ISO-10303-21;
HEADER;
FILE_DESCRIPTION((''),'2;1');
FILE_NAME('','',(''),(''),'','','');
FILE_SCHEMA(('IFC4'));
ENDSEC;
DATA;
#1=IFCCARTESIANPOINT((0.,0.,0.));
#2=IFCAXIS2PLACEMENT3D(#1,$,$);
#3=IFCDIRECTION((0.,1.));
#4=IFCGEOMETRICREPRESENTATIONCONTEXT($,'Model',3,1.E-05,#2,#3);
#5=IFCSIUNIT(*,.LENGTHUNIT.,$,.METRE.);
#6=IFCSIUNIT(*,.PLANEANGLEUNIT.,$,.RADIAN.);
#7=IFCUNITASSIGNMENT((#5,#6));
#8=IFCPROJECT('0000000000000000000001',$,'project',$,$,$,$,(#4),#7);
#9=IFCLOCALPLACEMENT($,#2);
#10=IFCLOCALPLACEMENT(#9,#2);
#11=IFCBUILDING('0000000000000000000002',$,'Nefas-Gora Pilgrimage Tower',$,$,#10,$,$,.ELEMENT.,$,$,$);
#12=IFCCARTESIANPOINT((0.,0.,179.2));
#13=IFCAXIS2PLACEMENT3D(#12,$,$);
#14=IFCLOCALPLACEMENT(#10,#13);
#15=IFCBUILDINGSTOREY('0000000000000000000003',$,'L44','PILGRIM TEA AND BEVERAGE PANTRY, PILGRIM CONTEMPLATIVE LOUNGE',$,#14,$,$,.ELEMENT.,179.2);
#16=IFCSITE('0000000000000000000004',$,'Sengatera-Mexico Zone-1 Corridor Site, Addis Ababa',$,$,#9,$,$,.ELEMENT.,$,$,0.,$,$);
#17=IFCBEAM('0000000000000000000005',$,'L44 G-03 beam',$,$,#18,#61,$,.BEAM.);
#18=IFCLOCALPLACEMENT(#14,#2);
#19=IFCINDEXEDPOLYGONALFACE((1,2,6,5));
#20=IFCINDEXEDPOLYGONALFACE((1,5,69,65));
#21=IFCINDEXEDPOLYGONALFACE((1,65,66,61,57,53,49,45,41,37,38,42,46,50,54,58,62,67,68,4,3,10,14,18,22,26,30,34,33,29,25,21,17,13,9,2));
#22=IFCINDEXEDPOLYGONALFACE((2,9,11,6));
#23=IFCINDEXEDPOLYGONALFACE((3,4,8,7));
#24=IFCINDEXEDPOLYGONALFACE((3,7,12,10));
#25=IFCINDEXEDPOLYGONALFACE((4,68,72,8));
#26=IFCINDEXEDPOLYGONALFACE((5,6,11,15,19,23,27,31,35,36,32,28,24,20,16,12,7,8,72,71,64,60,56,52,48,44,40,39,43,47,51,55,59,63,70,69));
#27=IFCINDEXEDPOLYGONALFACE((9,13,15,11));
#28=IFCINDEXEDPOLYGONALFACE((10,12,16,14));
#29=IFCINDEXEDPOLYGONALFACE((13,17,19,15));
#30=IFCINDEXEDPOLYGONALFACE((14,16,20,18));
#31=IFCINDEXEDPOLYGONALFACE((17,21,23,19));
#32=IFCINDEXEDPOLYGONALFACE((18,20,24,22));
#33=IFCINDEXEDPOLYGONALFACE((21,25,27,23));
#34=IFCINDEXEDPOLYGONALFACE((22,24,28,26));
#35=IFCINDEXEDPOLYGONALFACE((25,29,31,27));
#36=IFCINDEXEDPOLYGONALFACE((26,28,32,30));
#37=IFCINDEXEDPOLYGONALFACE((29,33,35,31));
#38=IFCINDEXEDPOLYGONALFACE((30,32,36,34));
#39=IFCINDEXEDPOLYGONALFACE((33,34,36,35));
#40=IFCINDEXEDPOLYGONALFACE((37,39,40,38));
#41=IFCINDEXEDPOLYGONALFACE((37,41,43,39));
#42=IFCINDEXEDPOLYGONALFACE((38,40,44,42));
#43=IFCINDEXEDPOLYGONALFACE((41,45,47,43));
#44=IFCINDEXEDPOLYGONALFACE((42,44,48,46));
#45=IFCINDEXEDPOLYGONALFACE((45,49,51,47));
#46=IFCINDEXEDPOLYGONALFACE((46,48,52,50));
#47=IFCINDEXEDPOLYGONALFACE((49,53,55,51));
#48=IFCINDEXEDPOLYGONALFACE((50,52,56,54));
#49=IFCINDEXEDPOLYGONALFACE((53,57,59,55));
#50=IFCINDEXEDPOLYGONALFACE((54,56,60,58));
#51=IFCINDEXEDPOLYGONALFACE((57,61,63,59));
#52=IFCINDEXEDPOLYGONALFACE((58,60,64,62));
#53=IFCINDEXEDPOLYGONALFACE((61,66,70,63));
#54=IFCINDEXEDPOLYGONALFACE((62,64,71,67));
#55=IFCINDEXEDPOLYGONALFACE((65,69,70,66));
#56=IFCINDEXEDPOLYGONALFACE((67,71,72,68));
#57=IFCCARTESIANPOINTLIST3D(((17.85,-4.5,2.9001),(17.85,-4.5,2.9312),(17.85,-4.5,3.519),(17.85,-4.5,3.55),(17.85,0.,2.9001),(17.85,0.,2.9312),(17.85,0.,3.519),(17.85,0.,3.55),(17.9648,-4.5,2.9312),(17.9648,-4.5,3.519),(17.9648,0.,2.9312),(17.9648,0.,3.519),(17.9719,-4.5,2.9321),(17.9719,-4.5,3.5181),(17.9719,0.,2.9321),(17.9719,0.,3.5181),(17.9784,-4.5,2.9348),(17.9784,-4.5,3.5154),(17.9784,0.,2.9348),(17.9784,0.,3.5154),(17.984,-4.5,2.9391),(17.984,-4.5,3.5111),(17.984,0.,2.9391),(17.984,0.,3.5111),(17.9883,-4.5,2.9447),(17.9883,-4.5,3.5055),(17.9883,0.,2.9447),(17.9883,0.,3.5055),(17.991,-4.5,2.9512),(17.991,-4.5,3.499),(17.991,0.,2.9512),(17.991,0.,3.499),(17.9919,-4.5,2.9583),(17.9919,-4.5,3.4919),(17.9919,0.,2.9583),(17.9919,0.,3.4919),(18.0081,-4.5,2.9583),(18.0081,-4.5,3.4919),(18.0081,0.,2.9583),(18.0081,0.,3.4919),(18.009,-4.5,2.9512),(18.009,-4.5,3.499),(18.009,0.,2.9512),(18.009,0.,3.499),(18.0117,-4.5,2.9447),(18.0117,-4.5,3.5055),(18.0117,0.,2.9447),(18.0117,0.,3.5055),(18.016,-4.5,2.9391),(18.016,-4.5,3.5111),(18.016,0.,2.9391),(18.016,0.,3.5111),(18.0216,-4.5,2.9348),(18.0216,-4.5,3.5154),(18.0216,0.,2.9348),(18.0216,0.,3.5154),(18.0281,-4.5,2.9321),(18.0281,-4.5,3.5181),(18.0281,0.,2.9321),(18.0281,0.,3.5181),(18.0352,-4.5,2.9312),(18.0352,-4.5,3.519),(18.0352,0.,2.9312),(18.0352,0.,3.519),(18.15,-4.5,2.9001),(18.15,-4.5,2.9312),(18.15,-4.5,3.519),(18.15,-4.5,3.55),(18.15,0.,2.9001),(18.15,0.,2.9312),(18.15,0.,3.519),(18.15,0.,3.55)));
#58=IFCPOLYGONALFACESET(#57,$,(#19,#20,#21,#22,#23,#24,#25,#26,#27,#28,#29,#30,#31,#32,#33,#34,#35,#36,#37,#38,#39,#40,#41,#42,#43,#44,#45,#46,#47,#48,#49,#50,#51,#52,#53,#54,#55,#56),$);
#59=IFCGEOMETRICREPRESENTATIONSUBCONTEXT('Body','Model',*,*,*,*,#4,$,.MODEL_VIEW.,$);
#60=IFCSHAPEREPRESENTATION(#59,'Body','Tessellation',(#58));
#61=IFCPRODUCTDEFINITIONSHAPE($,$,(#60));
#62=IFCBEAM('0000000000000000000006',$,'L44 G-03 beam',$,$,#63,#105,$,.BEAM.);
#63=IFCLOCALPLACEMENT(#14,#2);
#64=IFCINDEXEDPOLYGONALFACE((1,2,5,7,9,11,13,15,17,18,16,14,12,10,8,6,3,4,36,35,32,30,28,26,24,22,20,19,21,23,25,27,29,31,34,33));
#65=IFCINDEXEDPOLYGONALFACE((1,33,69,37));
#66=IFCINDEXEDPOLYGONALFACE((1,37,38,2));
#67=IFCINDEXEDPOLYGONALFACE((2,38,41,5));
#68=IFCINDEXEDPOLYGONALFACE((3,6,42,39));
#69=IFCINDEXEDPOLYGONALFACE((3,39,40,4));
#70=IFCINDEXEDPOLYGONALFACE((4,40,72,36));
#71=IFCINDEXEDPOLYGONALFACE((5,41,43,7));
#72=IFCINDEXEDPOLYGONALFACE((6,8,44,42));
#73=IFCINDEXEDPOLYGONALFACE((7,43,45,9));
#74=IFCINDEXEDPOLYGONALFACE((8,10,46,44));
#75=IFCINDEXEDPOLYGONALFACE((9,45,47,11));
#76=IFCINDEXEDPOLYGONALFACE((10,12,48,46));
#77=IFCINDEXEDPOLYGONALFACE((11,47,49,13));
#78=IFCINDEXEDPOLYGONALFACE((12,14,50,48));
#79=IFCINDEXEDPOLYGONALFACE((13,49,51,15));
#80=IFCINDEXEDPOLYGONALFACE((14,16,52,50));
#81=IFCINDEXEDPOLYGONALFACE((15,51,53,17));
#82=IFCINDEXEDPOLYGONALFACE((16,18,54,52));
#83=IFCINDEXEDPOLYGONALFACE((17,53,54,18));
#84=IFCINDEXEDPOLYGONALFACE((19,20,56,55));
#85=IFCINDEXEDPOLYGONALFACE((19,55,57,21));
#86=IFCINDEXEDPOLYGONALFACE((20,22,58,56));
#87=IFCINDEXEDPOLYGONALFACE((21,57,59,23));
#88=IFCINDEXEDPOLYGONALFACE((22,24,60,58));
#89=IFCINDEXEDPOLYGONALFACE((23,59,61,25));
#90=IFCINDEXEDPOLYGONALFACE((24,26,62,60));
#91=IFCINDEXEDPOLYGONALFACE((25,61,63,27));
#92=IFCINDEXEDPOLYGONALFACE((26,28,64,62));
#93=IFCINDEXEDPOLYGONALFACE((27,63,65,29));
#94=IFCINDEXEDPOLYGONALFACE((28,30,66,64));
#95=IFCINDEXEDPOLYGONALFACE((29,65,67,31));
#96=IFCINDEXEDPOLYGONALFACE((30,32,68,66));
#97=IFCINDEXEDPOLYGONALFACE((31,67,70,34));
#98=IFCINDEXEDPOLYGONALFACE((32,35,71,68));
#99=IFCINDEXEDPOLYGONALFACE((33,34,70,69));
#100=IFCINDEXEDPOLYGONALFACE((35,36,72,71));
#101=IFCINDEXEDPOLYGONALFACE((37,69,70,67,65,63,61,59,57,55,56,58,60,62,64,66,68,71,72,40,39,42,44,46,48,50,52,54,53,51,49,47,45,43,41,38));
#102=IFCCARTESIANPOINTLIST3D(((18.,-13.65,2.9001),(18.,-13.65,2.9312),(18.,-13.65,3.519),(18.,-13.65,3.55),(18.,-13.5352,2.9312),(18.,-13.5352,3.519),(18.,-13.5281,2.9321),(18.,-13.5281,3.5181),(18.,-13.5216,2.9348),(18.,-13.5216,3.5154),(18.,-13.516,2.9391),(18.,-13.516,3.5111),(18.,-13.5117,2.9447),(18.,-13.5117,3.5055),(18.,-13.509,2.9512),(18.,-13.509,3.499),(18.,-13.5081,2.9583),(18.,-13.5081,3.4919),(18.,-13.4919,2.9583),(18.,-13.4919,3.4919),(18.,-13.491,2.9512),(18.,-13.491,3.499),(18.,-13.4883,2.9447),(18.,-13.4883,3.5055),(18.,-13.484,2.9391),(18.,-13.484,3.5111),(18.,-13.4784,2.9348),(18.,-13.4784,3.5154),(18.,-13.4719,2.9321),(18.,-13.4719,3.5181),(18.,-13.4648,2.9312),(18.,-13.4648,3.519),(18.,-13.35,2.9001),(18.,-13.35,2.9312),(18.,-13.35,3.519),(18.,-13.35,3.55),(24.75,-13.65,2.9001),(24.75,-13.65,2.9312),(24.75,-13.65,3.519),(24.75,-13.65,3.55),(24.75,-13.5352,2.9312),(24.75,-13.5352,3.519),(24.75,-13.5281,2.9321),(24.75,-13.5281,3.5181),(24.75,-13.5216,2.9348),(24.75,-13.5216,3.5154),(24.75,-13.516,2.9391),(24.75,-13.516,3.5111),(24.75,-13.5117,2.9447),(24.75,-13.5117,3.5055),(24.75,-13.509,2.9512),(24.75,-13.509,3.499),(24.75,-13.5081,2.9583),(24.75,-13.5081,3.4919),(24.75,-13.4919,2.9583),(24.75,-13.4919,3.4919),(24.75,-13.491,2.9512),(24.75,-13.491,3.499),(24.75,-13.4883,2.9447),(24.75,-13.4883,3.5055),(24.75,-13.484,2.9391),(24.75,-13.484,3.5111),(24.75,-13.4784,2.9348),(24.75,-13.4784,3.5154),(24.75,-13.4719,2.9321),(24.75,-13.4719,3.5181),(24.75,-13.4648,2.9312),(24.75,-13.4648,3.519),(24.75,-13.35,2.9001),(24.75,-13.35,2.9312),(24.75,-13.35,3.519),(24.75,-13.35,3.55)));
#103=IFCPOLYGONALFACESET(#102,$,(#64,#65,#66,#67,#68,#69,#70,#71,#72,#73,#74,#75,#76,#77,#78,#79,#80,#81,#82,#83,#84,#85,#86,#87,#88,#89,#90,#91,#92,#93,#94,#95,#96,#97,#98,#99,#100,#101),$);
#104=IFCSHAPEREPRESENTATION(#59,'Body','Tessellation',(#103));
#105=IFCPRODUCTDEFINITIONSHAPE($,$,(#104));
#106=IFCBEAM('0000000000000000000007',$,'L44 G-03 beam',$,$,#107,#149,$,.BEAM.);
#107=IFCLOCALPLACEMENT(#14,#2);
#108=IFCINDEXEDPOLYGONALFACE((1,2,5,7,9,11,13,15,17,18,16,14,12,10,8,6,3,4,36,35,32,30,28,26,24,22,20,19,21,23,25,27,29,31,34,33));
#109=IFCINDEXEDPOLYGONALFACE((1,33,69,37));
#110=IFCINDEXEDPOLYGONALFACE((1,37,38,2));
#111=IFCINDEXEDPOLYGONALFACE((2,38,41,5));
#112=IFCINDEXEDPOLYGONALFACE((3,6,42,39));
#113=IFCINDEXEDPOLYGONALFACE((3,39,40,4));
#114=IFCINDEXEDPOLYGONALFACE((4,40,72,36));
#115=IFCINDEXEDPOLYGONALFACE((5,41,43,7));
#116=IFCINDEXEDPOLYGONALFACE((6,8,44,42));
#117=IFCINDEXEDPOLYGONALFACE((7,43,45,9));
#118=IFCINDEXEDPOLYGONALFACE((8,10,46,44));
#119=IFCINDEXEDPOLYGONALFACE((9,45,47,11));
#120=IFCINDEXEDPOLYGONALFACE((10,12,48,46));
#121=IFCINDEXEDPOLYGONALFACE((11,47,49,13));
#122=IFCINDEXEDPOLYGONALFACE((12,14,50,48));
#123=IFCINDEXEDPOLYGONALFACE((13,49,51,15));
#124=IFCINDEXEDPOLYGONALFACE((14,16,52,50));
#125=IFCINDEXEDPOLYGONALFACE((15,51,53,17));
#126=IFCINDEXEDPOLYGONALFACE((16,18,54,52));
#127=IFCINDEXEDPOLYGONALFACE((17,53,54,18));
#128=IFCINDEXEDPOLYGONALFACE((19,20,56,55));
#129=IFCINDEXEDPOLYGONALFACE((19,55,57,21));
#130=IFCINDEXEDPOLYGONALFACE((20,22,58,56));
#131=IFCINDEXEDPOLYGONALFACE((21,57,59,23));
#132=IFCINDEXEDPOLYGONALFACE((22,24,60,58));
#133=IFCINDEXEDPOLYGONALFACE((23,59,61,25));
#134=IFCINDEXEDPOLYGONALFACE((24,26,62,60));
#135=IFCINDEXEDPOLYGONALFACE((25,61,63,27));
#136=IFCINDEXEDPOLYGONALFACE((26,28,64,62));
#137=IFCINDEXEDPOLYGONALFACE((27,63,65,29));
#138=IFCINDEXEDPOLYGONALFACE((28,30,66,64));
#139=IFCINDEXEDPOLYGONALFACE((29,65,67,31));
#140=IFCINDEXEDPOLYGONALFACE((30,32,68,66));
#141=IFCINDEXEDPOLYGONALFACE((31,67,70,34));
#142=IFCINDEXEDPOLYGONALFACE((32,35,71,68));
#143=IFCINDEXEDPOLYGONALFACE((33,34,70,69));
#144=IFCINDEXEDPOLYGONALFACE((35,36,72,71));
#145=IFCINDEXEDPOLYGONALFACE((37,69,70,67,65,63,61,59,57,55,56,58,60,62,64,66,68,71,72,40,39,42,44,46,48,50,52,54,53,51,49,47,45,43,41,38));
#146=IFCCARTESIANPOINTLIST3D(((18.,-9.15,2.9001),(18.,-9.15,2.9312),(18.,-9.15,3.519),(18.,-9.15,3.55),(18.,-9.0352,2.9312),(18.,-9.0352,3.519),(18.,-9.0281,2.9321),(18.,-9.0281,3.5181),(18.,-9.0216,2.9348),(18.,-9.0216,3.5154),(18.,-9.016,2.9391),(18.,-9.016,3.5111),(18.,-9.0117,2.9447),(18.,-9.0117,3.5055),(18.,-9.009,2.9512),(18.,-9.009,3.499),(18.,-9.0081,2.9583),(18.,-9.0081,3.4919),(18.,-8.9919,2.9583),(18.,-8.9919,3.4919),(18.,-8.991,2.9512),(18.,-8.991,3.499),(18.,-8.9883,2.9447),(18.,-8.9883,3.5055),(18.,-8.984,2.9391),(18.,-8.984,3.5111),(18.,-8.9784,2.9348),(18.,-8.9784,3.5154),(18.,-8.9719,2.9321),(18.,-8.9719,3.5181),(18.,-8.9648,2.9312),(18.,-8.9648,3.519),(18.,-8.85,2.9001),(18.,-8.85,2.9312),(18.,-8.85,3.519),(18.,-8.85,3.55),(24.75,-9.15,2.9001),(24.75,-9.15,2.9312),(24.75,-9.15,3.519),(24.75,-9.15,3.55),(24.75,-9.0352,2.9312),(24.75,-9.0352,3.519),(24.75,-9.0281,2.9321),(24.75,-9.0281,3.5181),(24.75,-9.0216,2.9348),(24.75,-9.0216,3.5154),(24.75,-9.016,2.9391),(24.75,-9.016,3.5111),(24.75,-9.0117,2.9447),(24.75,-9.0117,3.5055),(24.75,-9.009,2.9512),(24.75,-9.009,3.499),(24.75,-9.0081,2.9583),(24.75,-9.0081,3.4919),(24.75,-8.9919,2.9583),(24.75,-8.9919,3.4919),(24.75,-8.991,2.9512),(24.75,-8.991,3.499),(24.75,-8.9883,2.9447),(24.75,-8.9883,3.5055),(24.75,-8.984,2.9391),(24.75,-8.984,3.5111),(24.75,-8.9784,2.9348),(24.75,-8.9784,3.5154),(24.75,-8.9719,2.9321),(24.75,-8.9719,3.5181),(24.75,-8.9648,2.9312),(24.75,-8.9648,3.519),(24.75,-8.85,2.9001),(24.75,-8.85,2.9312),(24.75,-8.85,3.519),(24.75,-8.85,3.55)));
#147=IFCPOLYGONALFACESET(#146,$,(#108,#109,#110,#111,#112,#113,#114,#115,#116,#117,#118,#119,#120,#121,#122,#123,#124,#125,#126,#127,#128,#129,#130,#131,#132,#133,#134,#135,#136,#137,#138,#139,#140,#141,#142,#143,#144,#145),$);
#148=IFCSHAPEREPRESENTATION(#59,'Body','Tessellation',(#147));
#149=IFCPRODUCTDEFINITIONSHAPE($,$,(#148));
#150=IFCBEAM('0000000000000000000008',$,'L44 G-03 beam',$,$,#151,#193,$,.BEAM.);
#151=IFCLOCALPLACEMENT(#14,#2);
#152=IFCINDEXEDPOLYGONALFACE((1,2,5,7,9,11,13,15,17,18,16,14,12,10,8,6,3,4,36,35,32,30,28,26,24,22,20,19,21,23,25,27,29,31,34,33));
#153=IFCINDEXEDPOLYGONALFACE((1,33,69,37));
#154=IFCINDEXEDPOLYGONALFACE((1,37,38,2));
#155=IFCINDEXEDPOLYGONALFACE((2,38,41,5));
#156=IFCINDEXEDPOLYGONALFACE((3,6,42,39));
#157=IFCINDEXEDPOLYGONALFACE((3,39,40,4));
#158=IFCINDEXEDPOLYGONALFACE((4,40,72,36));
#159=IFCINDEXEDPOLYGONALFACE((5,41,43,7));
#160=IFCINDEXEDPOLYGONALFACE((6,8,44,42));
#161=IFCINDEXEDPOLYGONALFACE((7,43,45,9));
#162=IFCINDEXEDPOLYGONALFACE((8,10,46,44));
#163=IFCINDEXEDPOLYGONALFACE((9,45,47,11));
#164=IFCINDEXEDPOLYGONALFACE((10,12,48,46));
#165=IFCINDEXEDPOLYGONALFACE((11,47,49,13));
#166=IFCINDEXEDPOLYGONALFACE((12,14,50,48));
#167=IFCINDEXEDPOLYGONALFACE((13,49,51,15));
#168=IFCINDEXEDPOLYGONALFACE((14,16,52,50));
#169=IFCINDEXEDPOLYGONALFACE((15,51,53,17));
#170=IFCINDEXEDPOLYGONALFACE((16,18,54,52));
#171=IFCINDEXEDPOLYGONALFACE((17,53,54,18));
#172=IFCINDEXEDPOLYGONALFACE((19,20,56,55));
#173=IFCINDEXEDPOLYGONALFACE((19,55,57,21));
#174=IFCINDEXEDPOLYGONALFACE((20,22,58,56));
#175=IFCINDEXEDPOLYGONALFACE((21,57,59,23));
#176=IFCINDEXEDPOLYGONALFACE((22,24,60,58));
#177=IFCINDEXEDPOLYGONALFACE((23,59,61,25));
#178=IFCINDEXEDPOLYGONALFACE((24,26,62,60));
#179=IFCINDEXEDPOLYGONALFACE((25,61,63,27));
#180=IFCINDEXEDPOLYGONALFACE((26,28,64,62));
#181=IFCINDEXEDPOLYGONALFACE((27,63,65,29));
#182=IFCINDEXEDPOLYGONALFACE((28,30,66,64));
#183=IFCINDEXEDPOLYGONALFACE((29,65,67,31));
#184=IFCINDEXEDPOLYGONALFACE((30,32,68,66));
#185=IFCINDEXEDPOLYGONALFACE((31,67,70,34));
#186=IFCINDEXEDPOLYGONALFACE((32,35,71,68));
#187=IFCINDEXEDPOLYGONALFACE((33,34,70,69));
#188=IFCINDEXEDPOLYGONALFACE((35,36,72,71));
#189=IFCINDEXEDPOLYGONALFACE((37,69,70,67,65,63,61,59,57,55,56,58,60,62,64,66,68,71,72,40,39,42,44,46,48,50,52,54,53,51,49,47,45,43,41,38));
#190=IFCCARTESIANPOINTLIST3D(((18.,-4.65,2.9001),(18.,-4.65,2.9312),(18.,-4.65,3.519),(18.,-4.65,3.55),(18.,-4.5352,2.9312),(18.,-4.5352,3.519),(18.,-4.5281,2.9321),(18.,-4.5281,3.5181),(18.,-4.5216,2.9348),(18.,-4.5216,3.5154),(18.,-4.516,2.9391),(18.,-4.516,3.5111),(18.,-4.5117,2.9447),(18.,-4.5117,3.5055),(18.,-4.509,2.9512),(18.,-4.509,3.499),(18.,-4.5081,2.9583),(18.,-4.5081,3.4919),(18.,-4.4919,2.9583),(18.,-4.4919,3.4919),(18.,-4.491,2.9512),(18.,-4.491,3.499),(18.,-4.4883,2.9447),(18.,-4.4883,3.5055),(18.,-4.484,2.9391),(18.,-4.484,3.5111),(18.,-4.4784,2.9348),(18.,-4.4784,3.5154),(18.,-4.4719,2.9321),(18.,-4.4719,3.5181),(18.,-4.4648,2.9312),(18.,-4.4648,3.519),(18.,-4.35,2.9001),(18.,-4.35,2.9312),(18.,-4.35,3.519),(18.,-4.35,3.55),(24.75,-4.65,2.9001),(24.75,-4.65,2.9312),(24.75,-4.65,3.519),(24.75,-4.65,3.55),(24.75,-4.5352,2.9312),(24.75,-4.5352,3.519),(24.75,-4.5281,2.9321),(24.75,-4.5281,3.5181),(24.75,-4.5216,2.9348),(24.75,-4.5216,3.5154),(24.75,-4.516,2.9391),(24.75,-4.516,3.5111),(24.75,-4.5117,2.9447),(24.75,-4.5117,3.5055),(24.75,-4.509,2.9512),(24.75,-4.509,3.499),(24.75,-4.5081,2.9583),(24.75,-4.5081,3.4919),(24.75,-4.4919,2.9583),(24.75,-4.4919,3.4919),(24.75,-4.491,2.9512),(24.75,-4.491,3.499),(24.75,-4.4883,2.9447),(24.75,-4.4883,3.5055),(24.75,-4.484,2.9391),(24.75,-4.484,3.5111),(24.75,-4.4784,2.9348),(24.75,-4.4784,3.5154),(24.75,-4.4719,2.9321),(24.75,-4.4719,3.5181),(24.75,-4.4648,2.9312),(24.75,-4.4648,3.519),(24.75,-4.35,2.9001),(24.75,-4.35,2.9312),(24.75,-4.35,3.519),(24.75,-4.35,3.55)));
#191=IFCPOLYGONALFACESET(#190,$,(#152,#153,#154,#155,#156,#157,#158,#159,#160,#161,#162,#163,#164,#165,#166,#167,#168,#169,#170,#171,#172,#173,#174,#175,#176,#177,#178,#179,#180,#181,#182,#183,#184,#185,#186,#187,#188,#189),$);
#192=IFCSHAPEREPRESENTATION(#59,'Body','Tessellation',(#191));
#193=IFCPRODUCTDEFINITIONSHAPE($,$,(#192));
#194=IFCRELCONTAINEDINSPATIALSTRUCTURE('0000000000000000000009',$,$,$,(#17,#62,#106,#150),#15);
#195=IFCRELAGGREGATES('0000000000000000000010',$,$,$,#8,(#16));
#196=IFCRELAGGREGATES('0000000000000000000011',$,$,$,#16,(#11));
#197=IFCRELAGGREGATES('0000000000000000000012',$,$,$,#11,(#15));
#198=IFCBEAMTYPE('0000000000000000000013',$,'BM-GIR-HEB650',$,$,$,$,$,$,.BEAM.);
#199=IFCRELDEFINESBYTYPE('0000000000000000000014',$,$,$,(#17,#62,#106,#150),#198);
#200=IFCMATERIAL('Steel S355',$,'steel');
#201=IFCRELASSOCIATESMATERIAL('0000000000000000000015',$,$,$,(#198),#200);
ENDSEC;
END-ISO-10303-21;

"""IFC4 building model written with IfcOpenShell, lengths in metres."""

from ifc_helpers import new_model, si_unit, direction, frame, origin, origin_2d, place, context, subcontext, project, spatial, i_section, extrude, source, transform, mapped, material, material_profile, profile_set, type_object, element, save


model = new_model("IFC4")

# Units and contexts
model_context = context("Model", 3, precision=1e-05, world=origin(), true_north=direction((0.0, 1.0)))
body_context = subcontext(model_context, "Body", "Model", "MODEL_VIEW")
ifc_project = project(units=[si_unit("LENGTHUNIT", "METRE"), si_unit("PLANEANGLEUNIT", "RADIAN")], contexts=[model_context])

# Site, building, storey
site_placement = place(None, origin())
site = spatial("IfcSite", under=ifc_project, at=site_placement, Name="Sengatera-Mexico Zone-1 Corridor Site, Addis Ababa", CompositionType="ELEMENT", RefElevation=0.0)
building_placement = place(site_placement, origin())
building = spatial("IfcBuilding", under=site, at=building_placement, Name="Nefas-Gora Pilgrimage Tower", CompositionType="ELEMENT")
storey_placement = place(building_placement, frame((0.0, 0.0, 179.2)))
storey = spatial("IfcBuildingStorey", under=building, at=storey_placement, Name="L44", Description="PILGRIM TEA AND BEVERAGE PANTRY, PILGRIM CONTEMPLATIVE LOUNGE", CompositionType="ELEMENT", Elevation=179.2)

# Beams
ifc_material_1 = material(Name="Steel S355", Category="steel")
ifc_material_profile_1 = material_profile(ifc_material_1, i_section(OverallWidth=0.3, OverallDepth=0.6499, WebThickness=0.0161, FlangeThickness=0.031, FilletRadius=0.0271, at=origin_2d()), Name="HEB 650")
ifc_profile_set_1 = profile_set([ifc_material_profile_1], Name="Steel S355")
beam_type_1 = type_object("IfcBeamType", Name="BM-GIR-HEB650", PredefinedType="BEAM", material=ifc_profile_set_1)
shared_shape_1 = source(origin(), body_context, "Body", "SweptSolid", [
    extrude(i_section(OverallWidth=0.3, OverallDepth=0.6499, WebThickness=0.0161, FlangeThickness=0.031, FilletRadius=0.0271, at=origin_2d()), origin(), (0.0, 0.0, 1.0), 4.5),
])
for number, where, z_axis, x_axis, name in (
    (1, (18.0, -4.5, 3.2251), (0.0, 1.0, 0.0), (-1.0, 0.0, 0.0), "L44 G-03 beam"),
):
    element("IfcBeam", number, at=place(storey_placement, frame(where, z_axis=z_axis, x_axis=x_axis)), inside=storey, type_object=beam_type_1, Name=name, PredefinedType="BEAM", context=body_context, shape_type="MappedRepresentation", body=[
        mapped(shared_shape_1, transform((0.0, 0.0, 0.0), x_axis=(1.0, 0.0, 0.0), y_axis=(0.0, 1.0, 0.0), z_axis=(0.0, 0.0, 1.0), scale=1.0)),
    ])
shared_shape_2 = source(origin(), body_context, "Body", "SweptSolid", [
    extrude(i_section(OverallWidth=0.3, OverallDepth=0.6499, WebThickness=0.0161, FlangeThickness=0.031, FilletRadius=0.0271, at=origin_2d()), origin(), (0.0, 0.0, 1.0), 6.75),
])
for number, where, z_axis, x_axis, name in (
    (2, (18.0, -13.5, 3.2251), (1.0, 0.0, 0.0), (0.0, 1.0, 0.0), "L44 G-03 beam"),
    (3, (18.0, -9.0, 3.2251), (1.0, 0.0, 0.0), (0.0, 1.0, 0.0), "L44 G-03 beam"),
    (4, (18.0, -4.5, 3.2251), (1.0, 0.0, 0.0), (0.0, 1.0, 0.0), "L44 G-03 beam"),
):
    element("IfcBeam", number, at=place(storey_placement, frame(where, z_axis=z_axis, x_axis=x_axis)), inside=storey, type_object=beam_type_1, Name=name, PredefinedType="BEAM", context=body_context, shape_type="MappedRepresentation", body=[
        mapped(shared_shape_2, transform((0.0, 0.0, 0.0), x_axis=(1.0, 0.0, 0.0), y_axis=(0.0, 1.0, 0.0), z_axis=(0.0, 0.0, 1.0), scale=1.0)),
    ])

save(model, "model.ifc")
